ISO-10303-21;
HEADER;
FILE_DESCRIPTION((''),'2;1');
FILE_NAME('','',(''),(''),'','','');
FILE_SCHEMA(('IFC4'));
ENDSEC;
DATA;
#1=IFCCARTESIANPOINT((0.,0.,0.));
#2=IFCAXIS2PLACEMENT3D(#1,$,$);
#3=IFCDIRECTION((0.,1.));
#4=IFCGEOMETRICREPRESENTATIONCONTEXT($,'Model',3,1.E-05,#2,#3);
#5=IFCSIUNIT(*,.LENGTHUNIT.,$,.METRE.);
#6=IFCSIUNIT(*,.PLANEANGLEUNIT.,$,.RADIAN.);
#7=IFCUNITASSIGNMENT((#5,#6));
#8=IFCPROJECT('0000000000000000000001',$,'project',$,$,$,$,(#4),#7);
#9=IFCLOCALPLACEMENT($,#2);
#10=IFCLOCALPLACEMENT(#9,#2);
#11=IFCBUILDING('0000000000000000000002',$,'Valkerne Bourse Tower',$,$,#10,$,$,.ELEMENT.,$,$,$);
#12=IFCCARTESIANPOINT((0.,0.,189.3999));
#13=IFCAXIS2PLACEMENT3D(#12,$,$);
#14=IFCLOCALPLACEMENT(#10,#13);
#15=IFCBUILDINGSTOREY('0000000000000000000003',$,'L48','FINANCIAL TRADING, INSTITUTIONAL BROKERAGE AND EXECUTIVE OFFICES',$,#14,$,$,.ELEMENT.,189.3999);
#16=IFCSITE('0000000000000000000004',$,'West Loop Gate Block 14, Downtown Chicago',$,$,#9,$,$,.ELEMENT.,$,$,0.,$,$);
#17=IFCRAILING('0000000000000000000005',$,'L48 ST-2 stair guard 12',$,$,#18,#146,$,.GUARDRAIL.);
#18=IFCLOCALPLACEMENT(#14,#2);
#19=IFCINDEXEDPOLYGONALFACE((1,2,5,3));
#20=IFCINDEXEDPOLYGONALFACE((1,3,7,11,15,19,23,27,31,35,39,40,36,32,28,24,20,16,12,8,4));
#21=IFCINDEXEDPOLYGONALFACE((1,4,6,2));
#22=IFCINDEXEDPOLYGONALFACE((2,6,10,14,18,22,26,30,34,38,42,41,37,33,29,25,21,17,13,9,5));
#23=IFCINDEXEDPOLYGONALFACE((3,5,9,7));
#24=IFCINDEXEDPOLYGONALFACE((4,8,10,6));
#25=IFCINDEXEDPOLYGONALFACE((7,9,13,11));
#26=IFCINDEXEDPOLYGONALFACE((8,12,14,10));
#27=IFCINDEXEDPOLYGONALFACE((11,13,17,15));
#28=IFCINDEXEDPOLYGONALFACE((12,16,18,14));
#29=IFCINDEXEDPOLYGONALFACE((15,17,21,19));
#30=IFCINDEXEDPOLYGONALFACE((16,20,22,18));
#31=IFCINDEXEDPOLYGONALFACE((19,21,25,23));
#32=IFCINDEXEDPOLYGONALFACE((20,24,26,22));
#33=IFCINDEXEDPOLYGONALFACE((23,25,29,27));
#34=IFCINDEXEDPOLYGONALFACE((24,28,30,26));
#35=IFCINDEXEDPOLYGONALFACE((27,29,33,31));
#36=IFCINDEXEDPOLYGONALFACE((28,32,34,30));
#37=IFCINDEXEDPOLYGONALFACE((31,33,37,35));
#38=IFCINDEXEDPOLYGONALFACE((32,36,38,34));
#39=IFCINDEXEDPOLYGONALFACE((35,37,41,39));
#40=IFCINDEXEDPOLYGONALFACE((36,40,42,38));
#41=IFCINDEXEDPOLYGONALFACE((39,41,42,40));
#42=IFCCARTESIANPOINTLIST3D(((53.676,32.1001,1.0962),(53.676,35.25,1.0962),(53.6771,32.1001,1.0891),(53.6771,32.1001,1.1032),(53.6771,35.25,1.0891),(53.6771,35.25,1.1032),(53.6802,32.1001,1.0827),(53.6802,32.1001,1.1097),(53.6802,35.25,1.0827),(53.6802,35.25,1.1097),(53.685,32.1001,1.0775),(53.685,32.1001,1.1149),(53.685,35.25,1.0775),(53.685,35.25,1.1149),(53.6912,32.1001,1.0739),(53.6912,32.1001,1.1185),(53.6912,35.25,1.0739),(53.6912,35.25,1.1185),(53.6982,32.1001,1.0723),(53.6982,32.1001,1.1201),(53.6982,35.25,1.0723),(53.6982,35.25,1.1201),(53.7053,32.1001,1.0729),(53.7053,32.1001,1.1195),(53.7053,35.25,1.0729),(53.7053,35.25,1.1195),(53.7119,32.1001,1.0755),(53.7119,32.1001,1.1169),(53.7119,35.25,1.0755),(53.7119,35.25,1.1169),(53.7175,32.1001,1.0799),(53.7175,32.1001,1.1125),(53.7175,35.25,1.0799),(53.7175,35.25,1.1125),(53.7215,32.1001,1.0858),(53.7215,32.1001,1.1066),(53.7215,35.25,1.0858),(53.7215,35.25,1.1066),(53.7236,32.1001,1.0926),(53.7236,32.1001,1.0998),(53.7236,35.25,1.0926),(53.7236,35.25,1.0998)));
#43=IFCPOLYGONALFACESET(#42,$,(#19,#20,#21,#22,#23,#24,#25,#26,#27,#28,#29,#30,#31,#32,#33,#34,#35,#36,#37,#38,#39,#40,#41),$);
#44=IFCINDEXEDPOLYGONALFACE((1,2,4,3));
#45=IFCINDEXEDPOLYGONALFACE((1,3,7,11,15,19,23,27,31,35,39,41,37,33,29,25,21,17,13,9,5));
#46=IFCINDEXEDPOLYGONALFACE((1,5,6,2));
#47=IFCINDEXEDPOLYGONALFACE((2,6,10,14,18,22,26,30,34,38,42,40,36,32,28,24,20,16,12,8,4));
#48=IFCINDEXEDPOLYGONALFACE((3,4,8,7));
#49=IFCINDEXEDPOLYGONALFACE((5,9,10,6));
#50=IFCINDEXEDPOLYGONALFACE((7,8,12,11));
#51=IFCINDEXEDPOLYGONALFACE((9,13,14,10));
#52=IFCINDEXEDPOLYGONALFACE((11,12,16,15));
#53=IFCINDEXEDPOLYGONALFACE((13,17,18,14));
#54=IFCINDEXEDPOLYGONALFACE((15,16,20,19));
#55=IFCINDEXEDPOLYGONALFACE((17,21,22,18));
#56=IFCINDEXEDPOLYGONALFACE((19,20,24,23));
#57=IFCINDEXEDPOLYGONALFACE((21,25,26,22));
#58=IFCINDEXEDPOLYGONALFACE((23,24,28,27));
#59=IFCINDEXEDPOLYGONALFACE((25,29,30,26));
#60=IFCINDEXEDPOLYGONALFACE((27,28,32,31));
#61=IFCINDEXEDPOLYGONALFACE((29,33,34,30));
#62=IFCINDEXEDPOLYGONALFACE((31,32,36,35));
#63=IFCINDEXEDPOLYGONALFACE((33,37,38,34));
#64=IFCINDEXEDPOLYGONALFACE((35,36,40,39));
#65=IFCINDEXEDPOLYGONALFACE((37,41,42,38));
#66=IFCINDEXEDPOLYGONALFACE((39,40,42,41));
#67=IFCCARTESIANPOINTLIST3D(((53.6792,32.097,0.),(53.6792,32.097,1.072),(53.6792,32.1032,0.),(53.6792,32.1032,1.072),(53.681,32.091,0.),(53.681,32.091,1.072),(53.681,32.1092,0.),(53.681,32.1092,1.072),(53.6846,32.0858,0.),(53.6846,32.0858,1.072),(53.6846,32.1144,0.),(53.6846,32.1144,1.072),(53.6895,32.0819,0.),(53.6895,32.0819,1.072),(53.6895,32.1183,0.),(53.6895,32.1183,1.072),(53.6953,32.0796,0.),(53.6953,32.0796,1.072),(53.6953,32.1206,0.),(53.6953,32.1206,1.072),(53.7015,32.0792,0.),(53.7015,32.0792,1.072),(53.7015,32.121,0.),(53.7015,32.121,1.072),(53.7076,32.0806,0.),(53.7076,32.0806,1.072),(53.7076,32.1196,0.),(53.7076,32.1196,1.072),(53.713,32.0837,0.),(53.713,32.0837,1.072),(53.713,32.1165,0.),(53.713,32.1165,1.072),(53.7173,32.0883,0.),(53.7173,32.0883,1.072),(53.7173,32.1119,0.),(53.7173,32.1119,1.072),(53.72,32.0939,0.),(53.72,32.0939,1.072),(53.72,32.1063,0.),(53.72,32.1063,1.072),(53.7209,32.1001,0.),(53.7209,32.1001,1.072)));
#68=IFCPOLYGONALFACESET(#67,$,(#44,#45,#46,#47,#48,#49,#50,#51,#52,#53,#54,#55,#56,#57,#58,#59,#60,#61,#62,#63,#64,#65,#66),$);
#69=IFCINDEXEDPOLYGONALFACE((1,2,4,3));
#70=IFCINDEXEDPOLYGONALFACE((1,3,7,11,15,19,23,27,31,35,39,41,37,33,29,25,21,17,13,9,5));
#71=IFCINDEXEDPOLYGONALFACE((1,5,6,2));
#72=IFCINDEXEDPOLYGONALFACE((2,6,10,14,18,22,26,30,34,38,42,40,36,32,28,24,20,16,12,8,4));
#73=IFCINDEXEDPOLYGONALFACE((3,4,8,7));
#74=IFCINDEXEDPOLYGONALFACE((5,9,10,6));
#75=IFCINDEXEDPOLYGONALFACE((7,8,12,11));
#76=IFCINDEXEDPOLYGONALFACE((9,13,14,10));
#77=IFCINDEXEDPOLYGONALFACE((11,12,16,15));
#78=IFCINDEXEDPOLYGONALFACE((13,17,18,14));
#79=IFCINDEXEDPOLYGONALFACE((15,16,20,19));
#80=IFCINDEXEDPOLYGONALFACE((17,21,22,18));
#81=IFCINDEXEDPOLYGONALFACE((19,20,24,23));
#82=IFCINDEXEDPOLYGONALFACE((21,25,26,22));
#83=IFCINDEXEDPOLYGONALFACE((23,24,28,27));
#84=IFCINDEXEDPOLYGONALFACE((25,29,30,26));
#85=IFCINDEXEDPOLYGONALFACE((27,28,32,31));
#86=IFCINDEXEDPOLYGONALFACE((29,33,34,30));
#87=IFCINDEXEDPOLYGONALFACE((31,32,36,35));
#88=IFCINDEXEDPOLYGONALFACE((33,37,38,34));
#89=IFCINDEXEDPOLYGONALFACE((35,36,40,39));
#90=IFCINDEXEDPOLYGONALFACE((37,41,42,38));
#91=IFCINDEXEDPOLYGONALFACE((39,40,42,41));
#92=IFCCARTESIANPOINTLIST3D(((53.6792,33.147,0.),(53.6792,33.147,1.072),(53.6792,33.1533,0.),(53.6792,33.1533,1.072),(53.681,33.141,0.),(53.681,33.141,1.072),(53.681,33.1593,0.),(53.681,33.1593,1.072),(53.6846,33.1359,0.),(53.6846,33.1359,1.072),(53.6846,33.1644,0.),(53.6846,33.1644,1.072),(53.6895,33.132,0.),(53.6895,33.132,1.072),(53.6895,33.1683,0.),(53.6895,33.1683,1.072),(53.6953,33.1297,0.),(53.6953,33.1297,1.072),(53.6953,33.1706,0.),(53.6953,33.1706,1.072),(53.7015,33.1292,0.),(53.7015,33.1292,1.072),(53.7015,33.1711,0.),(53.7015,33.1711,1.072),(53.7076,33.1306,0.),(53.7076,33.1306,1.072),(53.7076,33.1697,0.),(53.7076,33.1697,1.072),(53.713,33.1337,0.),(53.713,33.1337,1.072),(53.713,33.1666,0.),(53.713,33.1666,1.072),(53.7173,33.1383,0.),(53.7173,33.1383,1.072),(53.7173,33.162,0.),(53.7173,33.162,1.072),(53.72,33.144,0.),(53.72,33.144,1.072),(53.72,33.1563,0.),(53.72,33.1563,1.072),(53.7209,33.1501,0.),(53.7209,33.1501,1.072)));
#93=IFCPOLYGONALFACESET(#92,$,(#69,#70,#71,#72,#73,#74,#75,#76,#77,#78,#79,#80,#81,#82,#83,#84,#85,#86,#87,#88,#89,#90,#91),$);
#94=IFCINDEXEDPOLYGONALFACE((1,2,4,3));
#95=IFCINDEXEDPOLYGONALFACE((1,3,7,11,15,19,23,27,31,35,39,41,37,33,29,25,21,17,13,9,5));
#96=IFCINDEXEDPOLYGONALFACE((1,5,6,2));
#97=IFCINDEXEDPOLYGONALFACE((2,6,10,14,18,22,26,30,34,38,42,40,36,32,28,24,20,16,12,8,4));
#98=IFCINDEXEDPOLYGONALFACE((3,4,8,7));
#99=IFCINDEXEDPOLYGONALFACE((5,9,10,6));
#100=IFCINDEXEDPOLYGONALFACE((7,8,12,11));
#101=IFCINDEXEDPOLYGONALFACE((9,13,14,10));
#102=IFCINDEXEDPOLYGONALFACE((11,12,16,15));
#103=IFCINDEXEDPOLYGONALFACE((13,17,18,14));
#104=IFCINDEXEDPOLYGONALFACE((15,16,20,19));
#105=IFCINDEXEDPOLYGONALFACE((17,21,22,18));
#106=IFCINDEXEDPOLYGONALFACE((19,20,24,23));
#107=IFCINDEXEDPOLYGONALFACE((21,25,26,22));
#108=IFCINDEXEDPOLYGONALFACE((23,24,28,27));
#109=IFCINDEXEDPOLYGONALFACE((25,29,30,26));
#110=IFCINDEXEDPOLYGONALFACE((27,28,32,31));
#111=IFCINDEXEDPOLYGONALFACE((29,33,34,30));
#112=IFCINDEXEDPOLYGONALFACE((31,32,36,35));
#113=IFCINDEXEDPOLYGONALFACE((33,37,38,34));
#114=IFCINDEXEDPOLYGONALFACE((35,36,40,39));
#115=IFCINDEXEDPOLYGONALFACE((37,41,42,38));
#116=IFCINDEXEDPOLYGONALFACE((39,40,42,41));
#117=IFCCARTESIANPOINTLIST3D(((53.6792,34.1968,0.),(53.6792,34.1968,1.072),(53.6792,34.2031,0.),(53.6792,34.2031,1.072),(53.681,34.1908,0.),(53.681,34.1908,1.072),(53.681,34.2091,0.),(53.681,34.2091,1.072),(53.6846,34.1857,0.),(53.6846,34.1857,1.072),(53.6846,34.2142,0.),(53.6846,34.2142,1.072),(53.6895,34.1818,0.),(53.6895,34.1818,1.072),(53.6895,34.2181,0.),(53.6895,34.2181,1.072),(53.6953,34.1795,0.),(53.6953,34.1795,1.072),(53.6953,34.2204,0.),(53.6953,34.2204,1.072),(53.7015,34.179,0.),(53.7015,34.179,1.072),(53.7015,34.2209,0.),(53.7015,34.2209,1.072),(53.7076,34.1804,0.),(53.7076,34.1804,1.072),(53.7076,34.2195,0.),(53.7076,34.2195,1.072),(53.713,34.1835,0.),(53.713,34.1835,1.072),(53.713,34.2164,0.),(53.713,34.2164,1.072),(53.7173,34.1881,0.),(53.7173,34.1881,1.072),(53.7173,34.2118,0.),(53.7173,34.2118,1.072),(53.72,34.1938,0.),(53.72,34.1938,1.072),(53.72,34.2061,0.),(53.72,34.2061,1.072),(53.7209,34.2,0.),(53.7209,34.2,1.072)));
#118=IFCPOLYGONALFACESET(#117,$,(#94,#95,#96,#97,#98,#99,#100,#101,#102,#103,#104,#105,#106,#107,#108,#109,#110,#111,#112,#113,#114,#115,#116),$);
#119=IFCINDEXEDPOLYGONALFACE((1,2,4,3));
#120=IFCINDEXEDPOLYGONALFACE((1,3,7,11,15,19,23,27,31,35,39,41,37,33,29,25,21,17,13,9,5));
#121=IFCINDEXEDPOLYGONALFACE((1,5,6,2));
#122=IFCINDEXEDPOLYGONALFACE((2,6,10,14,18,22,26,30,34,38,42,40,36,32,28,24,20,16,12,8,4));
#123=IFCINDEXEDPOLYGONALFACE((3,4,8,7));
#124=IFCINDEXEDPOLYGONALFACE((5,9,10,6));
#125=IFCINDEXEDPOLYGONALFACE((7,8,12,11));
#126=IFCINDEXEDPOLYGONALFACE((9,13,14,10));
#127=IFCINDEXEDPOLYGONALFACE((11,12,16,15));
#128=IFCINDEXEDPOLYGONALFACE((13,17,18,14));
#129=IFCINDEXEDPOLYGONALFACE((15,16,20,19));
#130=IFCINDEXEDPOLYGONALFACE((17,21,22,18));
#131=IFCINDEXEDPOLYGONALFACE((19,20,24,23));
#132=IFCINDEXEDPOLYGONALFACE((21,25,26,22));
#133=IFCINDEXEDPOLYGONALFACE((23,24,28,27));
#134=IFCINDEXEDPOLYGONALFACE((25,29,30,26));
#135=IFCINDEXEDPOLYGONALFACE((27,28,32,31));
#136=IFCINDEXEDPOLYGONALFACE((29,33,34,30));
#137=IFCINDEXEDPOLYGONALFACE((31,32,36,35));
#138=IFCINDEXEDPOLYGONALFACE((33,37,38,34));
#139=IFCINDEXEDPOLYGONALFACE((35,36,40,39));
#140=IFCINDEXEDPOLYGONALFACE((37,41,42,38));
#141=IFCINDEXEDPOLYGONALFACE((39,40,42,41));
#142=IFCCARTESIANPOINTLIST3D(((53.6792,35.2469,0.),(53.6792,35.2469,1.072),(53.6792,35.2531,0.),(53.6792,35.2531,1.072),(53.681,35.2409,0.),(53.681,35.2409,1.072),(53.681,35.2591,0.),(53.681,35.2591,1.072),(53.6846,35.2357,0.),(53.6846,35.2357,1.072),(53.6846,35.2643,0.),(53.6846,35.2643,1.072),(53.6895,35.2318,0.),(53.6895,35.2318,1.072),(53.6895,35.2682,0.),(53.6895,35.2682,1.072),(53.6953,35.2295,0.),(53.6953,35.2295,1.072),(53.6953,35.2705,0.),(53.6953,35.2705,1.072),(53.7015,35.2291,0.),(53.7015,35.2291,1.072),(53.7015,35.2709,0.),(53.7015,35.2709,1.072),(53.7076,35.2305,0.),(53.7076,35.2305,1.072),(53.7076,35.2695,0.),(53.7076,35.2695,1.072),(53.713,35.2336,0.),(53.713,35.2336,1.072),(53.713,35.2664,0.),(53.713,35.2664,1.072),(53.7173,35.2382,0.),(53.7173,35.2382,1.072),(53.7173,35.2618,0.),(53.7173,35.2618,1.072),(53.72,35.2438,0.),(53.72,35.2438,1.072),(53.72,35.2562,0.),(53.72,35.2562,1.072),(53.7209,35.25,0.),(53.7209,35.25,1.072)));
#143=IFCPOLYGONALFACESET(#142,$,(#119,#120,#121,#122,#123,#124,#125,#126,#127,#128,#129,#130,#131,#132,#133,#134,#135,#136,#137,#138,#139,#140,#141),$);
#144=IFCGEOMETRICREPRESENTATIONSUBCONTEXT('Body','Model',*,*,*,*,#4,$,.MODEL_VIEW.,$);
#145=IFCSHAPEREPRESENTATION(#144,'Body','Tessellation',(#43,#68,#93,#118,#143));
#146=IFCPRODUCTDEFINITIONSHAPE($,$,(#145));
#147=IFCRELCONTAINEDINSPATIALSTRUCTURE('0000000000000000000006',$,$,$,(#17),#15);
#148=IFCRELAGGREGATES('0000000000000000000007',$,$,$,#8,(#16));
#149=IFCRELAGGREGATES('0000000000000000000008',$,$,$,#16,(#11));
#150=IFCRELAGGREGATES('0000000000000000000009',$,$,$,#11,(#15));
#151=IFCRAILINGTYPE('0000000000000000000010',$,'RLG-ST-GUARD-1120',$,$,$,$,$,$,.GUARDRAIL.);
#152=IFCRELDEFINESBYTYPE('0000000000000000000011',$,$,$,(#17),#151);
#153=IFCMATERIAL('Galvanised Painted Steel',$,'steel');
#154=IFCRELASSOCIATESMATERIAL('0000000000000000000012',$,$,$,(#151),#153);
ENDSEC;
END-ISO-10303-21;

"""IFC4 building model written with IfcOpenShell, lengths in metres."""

from ifc_helpers import new_model, si_unit, direction, frame, origin, origin_2d, place, context, subcontext, project, spatial, circle, extrude, material, type_object, element, save


model = new_model("IFC4")

# Units and contexts
model_context = context("Model", 3, precision=1e-05, world=origin(), true_north=direction((0.0, 1.0)))
body_context = subcontext(model_context, "Body", "Model", "MODEL_VIEW")
ifc_project = project(units=[si_unit("LENGTHUNIT", "METRE"), si_unit("PLANEANGLEUNIT", "RADIAN")], contexts=[model_context])

# Site, building, storey
site_placement = place(None, origin())
site = spatial("IfcSite", under=ifc_project, at=site_placement, Name="West Loop Gate Block 14, Downtown Chicago", CompositionType="ELEMENT", RefElevation=0.0)
building_placement = place(site_placement, origin())
building = spatial("IfcBuilding", under=site, at=building_placement, Name="Valkerne Bourse Tower", CompositionType="ELEMENT")
storey_placement = place(building_placement, frame((0.0, 0.0, 189.3999)))
storey = spatial("IfcBuildingStorey", under=building, at=storey_placement, Name="L48", Description="FINANCIAL TRADING, INSTITUTIONAL BROKERAGE AND EXECUTIVE OFFICES", CompositionType="ELEMENT", Elevation=189.3999)

# Railing
ifc_material_1 = material(Name="Galvanised Painted Steel", Category="steel")
railing_type = type_object("IfcRailingType", Name="RLG-ST-GUARD-1120", PredefinedType="GUARDRAIL", material=ifc_material_1)
railing_1_placement = place(storey_placement, frame((53.7, 32.1001, 0.0)))
element("IfcRailing", 1, at=railing_1_placement, inside=storey, type_object=railing_type, Name="L48 ST-2 stair guard 12", PredefinedType="GUARDRAIL", context=body_context, shape_type="SweptSolid", body=[
    extrude(circle(Radius=0.0239, at=origin_2d()), frame((0.0, 0.0, 1.0962), z_axis=(0.0, 1.0, 0.0), x_axis=(-1.0, 0.0, 0.0)), (0.0, 0.0, 1.0), 3.1499),
    extrude(circle(Radius=0.021, at=origin_2d()), origin(), (0.0, 0.0, 1.0), 1.072),
    extrude(circle(Radius=0.021, at=origin_2d()), frame((0.0, 1.05, 0.0)), (0.0, 0.0, 1.0), 1.072),
    extrude(circle(Radius=0.021, at=origin_2d()), frame((0.0, 2.0999, 0.0)), (0.0, 0.0, 1.0), 1.072),
    extrude(circle(Radius=0.021, at=origin_2d()), frame((0.0, 3.1499, 0.0)), (0.0, 0.0, 1.0), 1.072),
])

save(model, "model.ifc")
